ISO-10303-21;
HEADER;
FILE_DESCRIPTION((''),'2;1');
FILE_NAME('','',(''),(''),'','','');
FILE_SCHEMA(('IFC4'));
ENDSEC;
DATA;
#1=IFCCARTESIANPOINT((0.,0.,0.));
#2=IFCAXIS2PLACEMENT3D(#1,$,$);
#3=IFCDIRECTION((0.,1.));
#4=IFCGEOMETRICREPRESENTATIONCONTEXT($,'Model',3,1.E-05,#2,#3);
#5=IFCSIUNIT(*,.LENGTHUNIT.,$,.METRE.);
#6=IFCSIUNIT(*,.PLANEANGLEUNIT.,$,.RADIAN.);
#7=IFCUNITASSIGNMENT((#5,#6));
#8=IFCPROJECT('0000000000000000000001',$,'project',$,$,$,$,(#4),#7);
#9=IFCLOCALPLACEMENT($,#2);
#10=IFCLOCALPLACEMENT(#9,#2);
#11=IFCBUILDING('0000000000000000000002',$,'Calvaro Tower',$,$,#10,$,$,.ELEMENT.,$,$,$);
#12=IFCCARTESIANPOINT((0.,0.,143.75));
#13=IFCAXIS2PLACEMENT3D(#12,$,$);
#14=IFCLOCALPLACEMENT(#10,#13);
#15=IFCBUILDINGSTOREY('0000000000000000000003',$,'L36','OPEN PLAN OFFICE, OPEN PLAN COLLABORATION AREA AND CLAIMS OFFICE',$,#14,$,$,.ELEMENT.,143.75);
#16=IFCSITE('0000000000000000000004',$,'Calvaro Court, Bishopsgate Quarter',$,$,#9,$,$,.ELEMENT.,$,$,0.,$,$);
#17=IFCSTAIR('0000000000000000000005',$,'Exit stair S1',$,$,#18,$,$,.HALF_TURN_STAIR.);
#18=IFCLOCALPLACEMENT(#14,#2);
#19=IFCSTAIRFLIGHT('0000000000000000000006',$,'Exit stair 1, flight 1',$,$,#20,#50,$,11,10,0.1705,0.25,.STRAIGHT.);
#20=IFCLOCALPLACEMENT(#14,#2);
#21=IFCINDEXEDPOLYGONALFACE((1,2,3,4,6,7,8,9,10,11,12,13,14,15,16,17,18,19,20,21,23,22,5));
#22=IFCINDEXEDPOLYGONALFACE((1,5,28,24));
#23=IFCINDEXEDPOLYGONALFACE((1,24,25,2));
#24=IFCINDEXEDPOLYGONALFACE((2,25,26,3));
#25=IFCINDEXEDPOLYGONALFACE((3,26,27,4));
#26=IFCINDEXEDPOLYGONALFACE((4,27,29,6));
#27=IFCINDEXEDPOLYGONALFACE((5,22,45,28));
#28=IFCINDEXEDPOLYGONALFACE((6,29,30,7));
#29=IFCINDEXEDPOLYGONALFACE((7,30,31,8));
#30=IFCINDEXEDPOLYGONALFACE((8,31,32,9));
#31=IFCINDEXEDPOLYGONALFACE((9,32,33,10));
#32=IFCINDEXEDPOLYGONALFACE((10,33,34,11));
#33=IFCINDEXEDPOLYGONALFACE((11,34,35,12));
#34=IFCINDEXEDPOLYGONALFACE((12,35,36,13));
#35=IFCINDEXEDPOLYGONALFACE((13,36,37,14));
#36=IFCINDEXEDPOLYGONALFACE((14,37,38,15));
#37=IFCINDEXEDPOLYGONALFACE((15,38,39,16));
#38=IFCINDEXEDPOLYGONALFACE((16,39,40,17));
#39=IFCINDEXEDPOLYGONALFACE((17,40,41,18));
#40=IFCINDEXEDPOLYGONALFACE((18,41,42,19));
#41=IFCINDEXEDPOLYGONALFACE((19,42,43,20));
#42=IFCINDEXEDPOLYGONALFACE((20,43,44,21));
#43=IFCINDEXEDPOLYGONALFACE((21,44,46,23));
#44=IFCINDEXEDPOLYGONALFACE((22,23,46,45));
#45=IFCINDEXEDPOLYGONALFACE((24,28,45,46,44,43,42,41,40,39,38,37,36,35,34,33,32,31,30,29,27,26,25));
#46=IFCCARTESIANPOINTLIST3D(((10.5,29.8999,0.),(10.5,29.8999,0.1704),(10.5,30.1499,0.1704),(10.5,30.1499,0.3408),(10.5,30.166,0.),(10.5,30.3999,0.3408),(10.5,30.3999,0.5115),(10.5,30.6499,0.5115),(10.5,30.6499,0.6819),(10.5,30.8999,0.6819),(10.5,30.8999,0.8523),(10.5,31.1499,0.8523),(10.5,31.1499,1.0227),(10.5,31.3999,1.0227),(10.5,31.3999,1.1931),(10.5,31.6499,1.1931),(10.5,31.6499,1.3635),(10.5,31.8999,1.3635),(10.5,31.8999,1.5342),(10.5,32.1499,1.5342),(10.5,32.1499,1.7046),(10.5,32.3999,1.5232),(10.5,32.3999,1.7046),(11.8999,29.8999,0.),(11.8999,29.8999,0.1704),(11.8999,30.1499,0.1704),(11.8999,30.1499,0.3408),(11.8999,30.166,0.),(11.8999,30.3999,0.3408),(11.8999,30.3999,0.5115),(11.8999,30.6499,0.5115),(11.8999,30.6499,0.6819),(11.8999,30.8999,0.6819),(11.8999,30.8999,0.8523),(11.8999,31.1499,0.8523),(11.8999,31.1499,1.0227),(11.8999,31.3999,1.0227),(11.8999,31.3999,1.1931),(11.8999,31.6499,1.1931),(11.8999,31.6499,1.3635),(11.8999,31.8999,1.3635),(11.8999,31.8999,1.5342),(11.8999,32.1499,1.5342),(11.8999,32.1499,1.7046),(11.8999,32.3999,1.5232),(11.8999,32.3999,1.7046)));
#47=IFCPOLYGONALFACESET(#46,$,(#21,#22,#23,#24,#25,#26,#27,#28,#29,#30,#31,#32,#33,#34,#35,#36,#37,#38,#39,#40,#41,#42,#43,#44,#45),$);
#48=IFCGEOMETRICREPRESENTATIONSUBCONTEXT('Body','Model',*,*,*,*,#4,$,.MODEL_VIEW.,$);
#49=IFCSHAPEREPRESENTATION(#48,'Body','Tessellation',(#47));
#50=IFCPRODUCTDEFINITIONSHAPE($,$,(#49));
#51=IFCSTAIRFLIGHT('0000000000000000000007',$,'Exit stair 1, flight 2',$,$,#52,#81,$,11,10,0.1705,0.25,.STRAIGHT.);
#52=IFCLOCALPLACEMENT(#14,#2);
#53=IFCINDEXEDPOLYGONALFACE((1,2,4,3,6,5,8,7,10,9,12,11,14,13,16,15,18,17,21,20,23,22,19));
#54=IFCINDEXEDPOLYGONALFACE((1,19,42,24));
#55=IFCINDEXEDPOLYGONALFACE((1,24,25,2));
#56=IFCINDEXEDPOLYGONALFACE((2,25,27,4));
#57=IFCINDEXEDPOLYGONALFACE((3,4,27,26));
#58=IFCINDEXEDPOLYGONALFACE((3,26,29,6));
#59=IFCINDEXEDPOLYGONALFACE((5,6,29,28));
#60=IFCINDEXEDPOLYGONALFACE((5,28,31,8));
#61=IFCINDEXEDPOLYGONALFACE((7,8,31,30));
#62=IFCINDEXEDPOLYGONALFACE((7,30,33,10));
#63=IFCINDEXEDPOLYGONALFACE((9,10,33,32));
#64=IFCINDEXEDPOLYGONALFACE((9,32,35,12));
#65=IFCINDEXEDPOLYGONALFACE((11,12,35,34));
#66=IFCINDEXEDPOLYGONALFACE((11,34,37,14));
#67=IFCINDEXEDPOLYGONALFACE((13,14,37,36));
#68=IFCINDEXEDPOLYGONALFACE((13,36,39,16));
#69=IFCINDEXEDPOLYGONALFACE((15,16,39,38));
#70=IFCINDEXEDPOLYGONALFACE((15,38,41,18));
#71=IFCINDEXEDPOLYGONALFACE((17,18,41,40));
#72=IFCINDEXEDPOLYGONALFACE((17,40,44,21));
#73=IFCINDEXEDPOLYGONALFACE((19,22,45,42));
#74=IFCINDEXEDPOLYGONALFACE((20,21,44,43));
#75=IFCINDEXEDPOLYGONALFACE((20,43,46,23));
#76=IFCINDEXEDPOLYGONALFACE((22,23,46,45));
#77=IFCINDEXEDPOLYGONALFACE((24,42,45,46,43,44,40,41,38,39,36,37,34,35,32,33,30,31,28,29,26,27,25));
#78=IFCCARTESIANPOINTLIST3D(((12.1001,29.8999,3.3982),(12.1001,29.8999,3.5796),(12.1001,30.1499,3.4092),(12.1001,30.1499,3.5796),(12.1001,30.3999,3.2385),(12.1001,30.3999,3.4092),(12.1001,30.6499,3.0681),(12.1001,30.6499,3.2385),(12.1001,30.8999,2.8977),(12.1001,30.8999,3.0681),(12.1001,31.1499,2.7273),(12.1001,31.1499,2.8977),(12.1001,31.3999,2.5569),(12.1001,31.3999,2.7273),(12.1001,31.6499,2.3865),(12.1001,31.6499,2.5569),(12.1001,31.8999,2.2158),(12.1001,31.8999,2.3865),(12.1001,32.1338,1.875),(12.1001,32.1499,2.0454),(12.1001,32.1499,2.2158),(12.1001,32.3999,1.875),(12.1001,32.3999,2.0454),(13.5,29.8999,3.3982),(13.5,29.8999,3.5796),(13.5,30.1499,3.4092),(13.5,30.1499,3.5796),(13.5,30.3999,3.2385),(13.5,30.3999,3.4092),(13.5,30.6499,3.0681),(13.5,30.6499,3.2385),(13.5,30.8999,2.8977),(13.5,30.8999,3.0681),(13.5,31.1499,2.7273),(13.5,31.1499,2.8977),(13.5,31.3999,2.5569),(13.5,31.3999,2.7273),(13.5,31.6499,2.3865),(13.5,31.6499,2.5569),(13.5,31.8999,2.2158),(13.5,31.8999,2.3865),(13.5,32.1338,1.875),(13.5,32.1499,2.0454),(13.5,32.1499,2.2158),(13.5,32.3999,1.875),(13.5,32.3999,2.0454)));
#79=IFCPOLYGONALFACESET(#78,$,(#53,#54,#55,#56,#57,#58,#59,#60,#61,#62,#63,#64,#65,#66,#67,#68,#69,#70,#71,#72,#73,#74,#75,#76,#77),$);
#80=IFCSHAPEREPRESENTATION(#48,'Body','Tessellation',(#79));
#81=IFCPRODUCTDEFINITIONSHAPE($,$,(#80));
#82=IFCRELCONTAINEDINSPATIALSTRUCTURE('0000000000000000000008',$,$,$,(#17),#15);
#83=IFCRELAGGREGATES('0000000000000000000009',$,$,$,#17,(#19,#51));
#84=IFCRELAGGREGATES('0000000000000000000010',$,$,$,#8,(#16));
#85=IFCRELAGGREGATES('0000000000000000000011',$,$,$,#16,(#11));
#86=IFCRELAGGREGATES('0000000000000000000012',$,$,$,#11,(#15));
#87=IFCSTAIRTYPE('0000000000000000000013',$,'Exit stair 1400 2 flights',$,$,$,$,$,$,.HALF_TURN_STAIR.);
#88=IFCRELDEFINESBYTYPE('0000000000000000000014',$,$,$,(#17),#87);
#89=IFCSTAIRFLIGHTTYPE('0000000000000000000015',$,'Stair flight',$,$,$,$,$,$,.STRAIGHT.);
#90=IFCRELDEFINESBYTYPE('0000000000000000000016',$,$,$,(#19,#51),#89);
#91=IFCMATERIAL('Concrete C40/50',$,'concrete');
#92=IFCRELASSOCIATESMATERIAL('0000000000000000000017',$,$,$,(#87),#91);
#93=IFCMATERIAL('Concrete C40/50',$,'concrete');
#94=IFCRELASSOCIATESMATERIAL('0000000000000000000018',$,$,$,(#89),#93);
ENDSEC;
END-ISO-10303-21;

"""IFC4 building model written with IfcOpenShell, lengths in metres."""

from ifc_helpers import new_model, si_unit, direction, frame, origin, place, context, subcontext, project, spatial, polyline, outline, extrude, material, type_object, element, aggregate, save


model = new_model("IFC4")

# Units and contexts
model_context = context("Model", 3, precision=1e-05, world=origin(), true_north=direction((0.0, 1.0)))
body_context = subcontext(model_context, "Body", "Model", "MODEL_VIEW")
ifc_project = project(units=[si_unit("LENGTHUNIT", "METRE"), si_unit("PLANEANGLEUNIT", "RADIAN")], contexts=[model_context])

# Site, building, storey
site_placement = place(None, origin())
site = spatial("IfcSite", under=ifc_project, at=site_placement, Name="Calvaro Court, Bishopsgate Quarter", CompositionType="ELEMENT", RefElevation=0.0)
building_placement = place(site_placement, origin())
building = spatial("IfcBuilding", under=site, at=building_placement, Name="Calvaro Tower", CompositionType="ELEMENT")
storey_placement = place(building_placement, frame((0.0, 0.0, 143.75)))
storey = spatial("IfcBuildingStorey", under=building, at=storey_placement, Name="L36", Description="OPEN PLAN OFFICE, OPEN PLAN COLLABORATION AREA AND CLAIMS OFFICE", CompositionType="ELEMENT", Elevation=143.75)

# Stair, stair flights
ifc_material_1 = material(Name="Concrete C40/50", Category="concrete")
stair_type = type_object("IfcStairType", Name="Exit stair 1400 2 flights", PredefinedType="HALF_TURN_STAIR", material=ifc_material_1)
stair_placement = place(storey_placement, origin())
stair = element("IfcStair", 1, at=stair_placement, inside=storey, type_object=stair_type, Name="Exit stair S1", PredefinedType="HALF_TURN_STAIR")
ifc_material_2 = material(Name="Concrete C40/50", Category="concrete")
stair_flight_type = type_object("IfcStairFlightType", Name="Stair flight", PredefinedType="STRAIGHT", material=ifc_material_2)
stair_flight_1_placement = place(storey_placement, frame((11.2, 29.8999, 0.0), z_axis=(0.0, 0.0, 1.0), x_axis=(0.0, 1.0, 0.0)))
stair_flight_1 = element("IfcStairFlight", 2, at=stair_flight_1_placement, type_object=stair_flight_type, Name="Exit stair 1, flight 1", NumberOfRisers=11, NumberOfTreads=10, PredefinedType="STRAIGHT", RiserHeight=0.1705, TreadLength=0.25, context=body_context, shape_type="SweptSolid", body=[
    extrude(outline(polyline([(0.0, 0.0), (0.0, 0.1704), (0.25, 0.1704), (0.25, 0.3408), (0.5, 0.3408), (0.5, 0.5115), (0.75, 0.5115), (0.75, 0.6819), (1.0, 0.6819), (1.0, 0.8523), (1.25, 0.8523), (1.25, 1.0227), (1.5, 1.0227), (1.5, 1.1931), (1.75, 1.1931), (1.75, 1.3635), (2.0, 1.3635), (2.0, 1.5342), (2.25, 1.5342), (2.25, 1.7046), (2.5, 1.7046), (2.5, 1.875), (2.5, 1.5232), (0.2661, 0.0), (0.0, 0.0)])), frame((0.0, 0.7, 0.0), z_axis=(0.0, -1.0, 0.0), x_axis=(1.0, 0.0, 0.0)), (0.0, 0.0, 1.0), 1.3999),
])
stair_flight_2_placement = place(storey_placement, frame((12.8, 32.3999, 1.875), z_axis=(0.0, 0.0, 1.0), x_axis=(0.0, -1.0, 0.0)))
stair_flight_2 = element("IfcStairFlight", 3, at=stair_flight_2_placement, type_object=stair_flight_type, Name="Exit stair 1, flight 2", NumberOfRisers=11, NumberOfTreads=10, PredefinedType="STRAIGHT", RiserHeight=0.1705, TreadLength=0.25, context=body_context, shape_type="SweptSolid", body=[
    extrude(outline(polyline([(0.0, 0.0), (0.0, 0.1704), (0.25, 0.1704), (0.25, 0.3408), (0.5, 0.3408), (0.5, 0.5115), (0.75, 0.5115), (0.75, 0.6819), (1.0, 0.6819), (1.0, 0.8523), (1.25, 0.8523), (1.25, 1.0227), (1.5, 1.0227), (1.5, 1.1931), (1.75, 1.1931), (1.75, 1.3635), (2.0, 1.3635), (2.0, 1.5342), (2.25, 1.5342), (2.25, 1.7046), (2.5, 1.7046), (2.5, 1.875), (2.5, 1.5232), (0.2661, 0.0), (0.0, 0.0)])), frame((0.0, 0.7, 0.0), z_axis=(0.0, -1.0, 0.0), x_axis=(1.0, 0.0, 0.0)), (0.0, 0.0, 1.0), 1.3999),
])
aggregate(stair, [stair_flight_1, stair_flight_2])

save(model, "model.ifc")
